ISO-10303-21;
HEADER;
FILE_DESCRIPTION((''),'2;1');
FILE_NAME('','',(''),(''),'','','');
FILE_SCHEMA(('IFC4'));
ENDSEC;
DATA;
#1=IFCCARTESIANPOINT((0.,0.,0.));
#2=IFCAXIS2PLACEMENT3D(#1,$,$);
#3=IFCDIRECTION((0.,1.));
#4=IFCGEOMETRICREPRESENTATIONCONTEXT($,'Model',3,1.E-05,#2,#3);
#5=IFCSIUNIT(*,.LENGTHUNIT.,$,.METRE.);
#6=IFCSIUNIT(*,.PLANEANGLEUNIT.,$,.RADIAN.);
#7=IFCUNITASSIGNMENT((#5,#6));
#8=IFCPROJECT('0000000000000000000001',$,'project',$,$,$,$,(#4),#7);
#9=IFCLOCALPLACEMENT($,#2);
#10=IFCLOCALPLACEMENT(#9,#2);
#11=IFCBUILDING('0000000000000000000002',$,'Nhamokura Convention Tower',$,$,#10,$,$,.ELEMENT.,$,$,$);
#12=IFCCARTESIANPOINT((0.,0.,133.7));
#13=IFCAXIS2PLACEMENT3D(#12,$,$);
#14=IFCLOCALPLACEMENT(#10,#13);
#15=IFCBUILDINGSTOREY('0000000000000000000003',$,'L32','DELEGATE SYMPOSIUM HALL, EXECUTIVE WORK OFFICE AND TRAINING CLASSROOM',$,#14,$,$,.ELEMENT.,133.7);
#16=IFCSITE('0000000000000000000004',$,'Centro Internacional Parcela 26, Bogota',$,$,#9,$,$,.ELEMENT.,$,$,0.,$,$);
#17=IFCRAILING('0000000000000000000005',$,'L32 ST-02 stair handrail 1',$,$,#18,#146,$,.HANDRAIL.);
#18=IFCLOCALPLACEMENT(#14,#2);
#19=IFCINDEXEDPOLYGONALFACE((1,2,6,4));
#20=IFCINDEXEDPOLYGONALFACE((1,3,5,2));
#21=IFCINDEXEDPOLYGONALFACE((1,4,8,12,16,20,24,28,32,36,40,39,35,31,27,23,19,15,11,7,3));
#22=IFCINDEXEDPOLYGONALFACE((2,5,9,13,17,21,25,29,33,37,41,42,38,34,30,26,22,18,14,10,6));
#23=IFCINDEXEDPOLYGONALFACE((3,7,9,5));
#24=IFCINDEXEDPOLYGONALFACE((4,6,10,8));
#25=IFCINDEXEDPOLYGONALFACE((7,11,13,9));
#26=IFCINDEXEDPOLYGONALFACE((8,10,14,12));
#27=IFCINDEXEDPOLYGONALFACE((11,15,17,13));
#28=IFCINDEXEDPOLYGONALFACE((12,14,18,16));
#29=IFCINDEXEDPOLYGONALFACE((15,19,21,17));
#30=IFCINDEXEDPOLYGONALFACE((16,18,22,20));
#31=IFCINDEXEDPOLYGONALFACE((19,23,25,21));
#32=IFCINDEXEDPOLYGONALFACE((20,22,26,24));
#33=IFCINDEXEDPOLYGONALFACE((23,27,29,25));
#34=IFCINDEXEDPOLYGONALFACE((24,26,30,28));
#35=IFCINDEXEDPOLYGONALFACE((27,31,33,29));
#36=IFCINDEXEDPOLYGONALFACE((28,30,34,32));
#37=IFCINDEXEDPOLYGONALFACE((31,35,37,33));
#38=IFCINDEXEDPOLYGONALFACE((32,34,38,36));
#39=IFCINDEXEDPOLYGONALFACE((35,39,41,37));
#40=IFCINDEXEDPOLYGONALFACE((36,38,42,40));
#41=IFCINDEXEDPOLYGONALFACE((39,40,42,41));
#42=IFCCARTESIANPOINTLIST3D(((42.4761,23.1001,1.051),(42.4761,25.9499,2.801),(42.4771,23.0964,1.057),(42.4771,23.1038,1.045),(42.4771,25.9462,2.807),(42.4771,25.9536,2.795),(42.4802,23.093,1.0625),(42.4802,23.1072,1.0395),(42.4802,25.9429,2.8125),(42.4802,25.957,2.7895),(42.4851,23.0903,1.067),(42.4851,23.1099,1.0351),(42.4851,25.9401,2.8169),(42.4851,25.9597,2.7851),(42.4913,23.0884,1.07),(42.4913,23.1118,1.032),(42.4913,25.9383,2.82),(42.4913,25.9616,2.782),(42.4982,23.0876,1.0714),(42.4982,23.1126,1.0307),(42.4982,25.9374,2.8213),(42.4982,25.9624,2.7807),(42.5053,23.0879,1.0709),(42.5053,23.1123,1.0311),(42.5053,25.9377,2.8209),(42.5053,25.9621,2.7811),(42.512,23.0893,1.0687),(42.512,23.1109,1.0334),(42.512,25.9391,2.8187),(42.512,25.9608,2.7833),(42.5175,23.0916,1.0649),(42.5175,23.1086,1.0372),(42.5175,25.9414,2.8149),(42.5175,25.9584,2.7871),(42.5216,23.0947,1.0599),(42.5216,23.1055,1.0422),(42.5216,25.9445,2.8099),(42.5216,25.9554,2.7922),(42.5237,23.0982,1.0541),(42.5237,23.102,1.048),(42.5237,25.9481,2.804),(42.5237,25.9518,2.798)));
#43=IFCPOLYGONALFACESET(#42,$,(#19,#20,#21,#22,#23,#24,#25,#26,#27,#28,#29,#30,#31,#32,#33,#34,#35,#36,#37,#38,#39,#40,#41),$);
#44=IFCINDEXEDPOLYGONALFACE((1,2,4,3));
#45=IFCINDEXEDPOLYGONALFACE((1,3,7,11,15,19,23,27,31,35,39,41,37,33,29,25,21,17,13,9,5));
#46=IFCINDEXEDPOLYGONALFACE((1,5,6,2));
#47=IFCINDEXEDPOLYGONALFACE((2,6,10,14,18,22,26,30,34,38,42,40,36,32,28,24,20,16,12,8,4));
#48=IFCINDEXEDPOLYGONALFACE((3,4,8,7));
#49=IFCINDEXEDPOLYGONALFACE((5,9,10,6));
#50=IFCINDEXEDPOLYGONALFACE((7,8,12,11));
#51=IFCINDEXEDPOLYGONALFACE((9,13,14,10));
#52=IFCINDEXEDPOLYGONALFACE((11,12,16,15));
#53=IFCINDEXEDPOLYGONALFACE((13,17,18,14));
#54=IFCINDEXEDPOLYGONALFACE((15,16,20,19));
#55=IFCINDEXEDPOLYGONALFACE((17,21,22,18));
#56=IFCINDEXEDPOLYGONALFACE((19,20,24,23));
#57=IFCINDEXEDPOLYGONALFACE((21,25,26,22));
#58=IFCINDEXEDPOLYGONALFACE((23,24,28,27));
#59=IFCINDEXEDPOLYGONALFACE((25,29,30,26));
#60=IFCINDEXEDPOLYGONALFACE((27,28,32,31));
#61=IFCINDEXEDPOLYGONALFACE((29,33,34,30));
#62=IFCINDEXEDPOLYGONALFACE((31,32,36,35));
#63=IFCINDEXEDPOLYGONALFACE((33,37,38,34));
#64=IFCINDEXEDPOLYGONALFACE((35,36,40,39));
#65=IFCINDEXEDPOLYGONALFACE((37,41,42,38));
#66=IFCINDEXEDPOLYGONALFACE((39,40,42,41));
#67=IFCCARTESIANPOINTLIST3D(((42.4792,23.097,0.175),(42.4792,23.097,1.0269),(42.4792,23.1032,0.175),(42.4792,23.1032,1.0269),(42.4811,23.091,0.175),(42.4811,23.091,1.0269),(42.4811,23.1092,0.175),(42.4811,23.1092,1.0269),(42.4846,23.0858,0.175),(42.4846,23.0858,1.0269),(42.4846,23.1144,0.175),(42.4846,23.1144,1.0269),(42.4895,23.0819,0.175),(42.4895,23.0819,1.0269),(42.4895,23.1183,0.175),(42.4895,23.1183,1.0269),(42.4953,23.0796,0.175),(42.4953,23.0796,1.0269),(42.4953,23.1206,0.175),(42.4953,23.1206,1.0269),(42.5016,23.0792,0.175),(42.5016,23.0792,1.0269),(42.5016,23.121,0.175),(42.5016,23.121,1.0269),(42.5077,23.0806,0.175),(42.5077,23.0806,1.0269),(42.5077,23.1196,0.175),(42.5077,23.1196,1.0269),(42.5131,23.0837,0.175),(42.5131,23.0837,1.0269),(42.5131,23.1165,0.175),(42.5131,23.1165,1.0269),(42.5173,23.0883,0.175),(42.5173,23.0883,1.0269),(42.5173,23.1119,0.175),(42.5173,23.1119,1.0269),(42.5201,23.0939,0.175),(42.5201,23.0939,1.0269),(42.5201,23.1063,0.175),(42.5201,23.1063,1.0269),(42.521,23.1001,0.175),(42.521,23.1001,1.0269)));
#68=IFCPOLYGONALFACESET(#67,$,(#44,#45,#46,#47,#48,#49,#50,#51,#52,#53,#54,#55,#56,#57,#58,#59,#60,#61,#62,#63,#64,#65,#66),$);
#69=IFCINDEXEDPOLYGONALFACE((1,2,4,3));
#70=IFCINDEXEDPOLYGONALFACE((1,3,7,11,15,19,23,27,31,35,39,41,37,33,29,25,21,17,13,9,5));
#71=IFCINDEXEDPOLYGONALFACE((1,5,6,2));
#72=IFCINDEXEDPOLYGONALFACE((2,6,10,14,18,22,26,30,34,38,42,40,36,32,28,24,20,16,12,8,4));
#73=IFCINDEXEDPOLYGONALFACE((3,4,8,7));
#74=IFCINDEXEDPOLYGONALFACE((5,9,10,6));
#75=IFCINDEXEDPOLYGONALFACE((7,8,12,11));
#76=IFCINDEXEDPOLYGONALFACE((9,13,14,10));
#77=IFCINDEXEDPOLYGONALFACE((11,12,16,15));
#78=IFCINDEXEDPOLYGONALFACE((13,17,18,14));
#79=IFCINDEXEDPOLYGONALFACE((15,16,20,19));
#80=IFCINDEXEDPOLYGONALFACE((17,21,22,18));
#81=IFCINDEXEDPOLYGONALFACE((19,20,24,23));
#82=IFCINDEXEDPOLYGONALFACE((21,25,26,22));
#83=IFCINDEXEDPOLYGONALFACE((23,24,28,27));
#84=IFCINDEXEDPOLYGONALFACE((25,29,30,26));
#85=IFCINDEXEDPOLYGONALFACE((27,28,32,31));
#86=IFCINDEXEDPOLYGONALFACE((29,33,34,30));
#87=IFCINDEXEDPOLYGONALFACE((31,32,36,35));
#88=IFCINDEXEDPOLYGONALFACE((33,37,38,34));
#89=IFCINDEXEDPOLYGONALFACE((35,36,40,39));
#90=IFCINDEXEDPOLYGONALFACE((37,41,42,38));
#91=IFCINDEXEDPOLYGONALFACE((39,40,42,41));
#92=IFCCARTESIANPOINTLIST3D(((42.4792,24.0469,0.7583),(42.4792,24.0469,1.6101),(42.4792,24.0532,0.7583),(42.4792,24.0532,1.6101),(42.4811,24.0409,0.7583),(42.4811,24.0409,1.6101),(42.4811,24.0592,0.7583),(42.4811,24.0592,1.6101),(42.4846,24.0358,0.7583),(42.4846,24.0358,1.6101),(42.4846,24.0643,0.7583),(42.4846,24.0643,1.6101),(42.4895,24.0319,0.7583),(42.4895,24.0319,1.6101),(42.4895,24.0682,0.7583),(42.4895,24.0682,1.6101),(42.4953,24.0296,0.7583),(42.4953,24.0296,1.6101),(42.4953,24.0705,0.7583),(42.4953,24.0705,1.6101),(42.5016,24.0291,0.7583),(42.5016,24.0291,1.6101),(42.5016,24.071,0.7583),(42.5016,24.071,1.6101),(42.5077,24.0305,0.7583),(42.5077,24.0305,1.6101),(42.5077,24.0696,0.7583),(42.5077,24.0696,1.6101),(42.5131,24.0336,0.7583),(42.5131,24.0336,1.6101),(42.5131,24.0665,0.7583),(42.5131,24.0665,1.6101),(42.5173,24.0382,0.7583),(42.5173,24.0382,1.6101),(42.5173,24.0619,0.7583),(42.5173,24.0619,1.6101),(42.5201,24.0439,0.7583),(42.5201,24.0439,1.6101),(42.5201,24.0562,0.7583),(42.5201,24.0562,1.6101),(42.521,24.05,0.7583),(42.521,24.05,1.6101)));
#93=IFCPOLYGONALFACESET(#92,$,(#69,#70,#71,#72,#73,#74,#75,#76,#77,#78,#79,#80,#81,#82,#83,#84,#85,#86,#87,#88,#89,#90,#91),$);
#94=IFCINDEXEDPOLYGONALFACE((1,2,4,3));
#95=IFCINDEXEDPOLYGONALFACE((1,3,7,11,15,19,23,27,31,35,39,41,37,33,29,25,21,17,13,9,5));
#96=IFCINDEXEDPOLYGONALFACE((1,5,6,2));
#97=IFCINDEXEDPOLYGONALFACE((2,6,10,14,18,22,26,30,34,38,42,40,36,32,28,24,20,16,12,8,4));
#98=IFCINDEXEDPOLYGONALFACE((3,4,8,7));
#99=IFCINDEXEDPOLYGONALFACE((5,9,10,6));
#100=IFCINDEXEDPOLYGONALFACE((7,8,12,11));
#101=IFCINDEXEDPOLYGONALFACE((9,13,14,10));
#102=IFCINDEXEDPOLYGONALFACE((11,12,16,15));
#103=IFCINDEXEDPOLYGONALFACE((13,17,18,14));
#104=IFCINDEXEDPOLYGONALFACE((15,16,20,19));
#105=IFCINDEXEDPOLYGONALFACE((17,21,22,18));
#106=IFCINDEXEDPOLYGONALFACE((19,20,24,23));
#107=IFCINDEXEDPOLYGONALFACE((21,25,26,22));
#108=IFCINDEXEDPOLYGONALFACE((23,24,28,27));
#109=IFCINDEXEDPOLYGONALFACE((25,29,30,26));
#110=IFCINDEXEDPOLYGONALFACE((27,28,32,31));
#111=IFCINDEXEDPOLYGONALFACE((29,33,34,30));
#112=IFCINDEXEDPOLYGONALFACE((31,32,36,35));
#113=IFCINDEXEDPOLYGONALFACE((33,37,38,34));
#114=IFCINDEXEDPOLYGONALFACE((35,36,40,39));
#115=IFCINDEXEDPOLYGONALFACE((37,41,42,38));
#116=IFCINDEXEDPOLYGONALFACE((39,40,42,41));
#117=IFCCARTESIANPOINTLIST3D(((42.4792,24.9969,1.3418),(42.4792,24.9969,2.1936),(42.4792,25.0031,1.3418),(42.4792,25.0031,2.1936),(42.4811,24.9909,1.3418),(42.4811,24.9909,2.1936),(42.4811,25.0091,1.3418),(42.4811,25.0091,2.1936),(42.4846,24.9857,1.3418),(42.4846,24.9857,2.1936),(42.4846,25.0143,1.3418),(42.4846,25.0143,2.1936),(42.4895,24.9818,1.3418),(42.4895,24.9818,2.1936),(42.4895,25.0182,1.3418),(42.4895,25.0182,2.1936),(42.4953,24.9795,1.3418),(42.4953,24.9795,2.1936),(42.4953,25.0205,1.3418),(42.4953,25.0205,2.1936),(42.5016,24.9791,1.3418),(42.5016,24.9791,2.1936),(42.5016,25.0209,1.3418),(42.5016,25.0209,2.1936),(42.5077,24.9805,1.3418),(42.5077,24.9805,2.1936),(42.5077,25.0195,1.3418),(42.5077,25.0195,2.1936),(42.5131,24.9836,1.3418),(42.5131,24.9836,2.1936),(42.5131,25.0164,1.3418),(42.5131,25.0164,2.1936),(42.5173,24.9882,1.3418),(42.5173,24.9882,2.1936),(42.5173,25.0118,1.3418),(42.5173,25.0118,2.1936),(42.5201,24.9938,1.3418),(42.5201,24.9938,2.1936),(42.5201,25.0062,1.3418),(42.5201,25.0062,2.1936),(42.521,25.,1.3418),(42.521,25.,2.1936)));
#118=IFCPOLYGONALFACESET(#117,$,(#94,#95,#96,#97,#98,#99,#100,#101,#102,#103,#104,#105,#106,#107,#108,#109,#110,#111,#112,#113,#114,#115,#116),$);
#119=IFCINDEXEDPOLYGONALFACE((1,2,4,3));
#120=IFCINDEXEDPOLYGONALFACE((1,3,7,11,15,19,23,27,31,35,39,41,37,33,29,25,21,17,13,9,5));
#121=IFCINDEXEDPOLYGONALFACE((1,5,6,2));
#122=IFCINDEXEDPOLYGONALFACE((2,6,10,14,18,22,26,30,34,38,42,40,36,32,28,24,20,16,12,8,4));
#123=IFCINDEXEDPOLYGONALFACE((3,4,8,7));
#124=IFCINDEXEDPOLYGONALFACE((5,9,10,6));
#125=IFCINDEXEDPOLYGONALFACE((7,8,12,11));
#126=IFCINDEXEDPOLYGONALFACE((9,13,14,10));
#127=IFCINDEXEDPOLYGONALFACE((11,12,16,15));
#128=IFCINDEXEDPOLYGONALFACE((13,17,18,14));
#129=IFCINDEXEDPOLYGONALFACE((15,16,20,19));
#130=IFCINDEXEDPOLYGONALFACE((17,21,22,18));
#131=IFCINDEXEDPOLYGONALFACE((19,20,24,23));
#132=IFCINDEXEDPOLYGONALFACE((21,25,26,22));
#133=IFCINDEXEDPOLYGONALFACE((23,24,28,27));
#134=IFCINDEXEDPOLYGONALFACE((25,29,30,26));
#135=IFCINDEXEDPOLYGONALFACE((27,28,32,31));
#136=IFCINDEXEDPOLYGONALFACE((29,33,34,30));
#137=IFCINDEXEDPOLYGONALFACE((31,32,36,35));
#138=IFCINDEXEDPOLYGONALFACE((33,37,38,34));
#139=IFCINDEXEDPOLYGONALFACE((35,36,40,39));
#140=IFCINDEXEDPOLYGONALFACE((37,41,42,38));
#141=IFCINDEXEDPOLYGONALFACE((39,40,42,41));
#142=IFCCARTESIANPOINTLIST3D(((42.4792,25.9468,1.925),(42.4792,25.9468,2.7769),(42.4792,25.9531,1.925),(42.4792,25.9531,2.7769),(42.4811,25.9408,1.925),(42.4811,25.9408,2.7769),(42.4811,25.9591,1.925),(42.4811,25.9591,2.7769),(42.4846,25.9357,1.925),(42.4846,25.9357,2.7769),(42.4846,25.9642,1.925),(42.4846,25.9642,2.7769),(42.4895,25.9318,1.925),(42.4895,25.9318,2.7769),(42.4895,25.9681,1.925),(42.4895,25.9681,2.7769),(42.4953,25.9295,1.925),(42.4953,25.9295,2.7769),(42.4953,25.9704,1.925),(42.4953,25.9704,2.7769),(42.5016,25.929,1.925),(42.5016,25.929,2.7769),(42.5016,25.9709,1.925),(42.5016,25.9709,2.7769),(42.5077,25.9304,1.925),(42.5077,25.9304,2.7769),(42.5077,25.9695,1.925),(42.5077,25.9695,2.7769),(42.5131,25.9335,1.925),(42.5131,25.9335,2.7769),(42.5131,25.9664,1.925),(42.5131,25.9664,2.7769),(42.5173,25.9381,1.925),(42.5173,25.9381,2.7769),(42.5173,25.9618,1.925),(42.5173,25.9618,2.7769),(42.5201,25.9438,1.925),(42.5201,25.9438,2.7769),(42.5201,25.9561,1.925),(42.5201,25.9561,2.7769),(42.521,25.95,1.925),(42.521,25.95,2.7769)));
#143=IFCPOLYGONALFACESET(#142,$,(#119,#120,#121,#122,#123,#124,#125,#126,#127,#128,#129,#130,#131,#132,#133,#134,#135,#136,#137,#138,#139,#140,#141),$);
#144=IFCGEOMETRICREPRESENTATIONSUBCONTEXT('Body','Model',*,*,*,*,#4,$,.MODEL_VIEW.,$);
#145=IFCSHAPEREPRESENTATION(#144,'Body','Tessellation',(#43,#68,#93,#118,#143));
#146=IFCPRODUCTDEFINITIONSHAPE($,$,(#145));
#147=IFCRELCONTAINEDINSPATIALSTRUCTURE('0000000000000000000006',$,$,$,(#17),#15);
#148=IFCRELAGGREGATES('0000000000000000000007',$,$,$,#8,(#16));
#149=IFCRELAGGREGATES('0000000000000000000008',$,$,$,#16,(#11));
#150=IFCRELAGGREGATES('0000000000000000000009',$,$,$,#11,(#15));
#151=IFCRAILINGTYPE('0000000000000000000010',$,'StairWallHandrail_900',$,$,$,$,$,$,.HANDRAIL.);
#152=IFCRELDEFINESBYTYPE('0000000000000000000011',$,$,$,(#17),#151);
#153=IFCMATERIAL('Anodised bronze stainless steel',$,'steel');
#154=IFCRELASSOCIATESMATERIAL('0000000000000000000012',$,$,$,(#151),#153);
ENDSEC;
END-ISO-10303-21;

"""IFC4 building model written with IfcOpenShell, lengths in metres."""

from ifc_helpers import new_model, si_unit, direction, frame, origin, origin_2d, place, context, subcontext, project, spatial, circle, extrude, material, type_object, element, save


model = new_model("IFC4")

# Units and contexts
model_context = context("Model", 3, precision=1e-05, world=origin(), true_north=direction((0.0, 1.0)))
body_context = subcontext(model_context, "Body", "Model", "MODEL_VIEW")
ifc_project = project(units=[si_unit("LENGTHUNIT", "METRE"), si_unit("PLANEANGLEUNIT", "RADIAN")], contexts=[model_context])

# Site, building, storey
site_placement = place(None, origin())
site = spatial("IfcSite", under=ifc_project, at=site_placement, Name="Centro Internacional Parcela 26, Bogota", CompositionType="ELEMENT", RefElevation=0.0)
building_placement = place(site_placement, origin())
building = spatial("IfcBuilding", under=site, at=building_placement, Name="Nhamokura Convention Tower", CompositionType="ELEMENT")
storey_placement = place(building_placement, frame((0.0, 0.0, 133.7)))
storey = spatial("IfcBuildingStorey", under=building, at=storey_placement, Name="L32", Description="DELEGATE SYMPOSIUM HALL, EXECUTIVE WORK OFFICE AND TRAINING CLASSROOM", CompositionType="ELEMENT", Elevation=133.7)

# Railing
ifc_material_1 = material(Name="Anodised bronze stainless steel", Category="steel")
railing_type_1 = type_object("IfcRailingType", Name="StairWallHandrail_900", PredefinedType="HANDRAIL", material=ifc_material_1)
railing_1_placement = place(storey_placement, frame((42.5, 23.1001, 0.175)))
element("IfcRailing", 1, at=railing_1_placement, inside=storey, type_object=railing_type_1, Name="L32 ST-02 stair handrail 1", PredefinedType="HANDRAIL", context=body_context, shape_type="SweptSolid", body=[
    extrude(circle(Radius=0.0239, at=origin_2d()), frame((0.0, 0.0, 0.876), z_axis=(0.0, 0.852159, 0.523283), x_axis=(-1.0, 0.0, 0.0)), (0.0, 0.0, 1.0), 3.3442),
    extrude(circle(Radius=0.021, at=origin_2d()), origin(), (0.0, 0.0, 1.0), 0.8518),
    extrude(circle(Radius=0.021, at=origin_2d()), frame((0.0, 0.95, 0.5833)), (0.0, 0.0, 1.0), 0.8518),
    extrude(circle(Radius=0.021, at=origin_2d()), frame((0.0, 1.8999, 1.1667)), (0.0, 0.0, 1.0), 0.8518),
    extrude(circle(Radius=0.021, at=origin_2d()), frame((0.0, 2.8499, 1.75)), (0.0, 0.0, 1.0), 0.8518),
])

save(model, "model.ifc")
